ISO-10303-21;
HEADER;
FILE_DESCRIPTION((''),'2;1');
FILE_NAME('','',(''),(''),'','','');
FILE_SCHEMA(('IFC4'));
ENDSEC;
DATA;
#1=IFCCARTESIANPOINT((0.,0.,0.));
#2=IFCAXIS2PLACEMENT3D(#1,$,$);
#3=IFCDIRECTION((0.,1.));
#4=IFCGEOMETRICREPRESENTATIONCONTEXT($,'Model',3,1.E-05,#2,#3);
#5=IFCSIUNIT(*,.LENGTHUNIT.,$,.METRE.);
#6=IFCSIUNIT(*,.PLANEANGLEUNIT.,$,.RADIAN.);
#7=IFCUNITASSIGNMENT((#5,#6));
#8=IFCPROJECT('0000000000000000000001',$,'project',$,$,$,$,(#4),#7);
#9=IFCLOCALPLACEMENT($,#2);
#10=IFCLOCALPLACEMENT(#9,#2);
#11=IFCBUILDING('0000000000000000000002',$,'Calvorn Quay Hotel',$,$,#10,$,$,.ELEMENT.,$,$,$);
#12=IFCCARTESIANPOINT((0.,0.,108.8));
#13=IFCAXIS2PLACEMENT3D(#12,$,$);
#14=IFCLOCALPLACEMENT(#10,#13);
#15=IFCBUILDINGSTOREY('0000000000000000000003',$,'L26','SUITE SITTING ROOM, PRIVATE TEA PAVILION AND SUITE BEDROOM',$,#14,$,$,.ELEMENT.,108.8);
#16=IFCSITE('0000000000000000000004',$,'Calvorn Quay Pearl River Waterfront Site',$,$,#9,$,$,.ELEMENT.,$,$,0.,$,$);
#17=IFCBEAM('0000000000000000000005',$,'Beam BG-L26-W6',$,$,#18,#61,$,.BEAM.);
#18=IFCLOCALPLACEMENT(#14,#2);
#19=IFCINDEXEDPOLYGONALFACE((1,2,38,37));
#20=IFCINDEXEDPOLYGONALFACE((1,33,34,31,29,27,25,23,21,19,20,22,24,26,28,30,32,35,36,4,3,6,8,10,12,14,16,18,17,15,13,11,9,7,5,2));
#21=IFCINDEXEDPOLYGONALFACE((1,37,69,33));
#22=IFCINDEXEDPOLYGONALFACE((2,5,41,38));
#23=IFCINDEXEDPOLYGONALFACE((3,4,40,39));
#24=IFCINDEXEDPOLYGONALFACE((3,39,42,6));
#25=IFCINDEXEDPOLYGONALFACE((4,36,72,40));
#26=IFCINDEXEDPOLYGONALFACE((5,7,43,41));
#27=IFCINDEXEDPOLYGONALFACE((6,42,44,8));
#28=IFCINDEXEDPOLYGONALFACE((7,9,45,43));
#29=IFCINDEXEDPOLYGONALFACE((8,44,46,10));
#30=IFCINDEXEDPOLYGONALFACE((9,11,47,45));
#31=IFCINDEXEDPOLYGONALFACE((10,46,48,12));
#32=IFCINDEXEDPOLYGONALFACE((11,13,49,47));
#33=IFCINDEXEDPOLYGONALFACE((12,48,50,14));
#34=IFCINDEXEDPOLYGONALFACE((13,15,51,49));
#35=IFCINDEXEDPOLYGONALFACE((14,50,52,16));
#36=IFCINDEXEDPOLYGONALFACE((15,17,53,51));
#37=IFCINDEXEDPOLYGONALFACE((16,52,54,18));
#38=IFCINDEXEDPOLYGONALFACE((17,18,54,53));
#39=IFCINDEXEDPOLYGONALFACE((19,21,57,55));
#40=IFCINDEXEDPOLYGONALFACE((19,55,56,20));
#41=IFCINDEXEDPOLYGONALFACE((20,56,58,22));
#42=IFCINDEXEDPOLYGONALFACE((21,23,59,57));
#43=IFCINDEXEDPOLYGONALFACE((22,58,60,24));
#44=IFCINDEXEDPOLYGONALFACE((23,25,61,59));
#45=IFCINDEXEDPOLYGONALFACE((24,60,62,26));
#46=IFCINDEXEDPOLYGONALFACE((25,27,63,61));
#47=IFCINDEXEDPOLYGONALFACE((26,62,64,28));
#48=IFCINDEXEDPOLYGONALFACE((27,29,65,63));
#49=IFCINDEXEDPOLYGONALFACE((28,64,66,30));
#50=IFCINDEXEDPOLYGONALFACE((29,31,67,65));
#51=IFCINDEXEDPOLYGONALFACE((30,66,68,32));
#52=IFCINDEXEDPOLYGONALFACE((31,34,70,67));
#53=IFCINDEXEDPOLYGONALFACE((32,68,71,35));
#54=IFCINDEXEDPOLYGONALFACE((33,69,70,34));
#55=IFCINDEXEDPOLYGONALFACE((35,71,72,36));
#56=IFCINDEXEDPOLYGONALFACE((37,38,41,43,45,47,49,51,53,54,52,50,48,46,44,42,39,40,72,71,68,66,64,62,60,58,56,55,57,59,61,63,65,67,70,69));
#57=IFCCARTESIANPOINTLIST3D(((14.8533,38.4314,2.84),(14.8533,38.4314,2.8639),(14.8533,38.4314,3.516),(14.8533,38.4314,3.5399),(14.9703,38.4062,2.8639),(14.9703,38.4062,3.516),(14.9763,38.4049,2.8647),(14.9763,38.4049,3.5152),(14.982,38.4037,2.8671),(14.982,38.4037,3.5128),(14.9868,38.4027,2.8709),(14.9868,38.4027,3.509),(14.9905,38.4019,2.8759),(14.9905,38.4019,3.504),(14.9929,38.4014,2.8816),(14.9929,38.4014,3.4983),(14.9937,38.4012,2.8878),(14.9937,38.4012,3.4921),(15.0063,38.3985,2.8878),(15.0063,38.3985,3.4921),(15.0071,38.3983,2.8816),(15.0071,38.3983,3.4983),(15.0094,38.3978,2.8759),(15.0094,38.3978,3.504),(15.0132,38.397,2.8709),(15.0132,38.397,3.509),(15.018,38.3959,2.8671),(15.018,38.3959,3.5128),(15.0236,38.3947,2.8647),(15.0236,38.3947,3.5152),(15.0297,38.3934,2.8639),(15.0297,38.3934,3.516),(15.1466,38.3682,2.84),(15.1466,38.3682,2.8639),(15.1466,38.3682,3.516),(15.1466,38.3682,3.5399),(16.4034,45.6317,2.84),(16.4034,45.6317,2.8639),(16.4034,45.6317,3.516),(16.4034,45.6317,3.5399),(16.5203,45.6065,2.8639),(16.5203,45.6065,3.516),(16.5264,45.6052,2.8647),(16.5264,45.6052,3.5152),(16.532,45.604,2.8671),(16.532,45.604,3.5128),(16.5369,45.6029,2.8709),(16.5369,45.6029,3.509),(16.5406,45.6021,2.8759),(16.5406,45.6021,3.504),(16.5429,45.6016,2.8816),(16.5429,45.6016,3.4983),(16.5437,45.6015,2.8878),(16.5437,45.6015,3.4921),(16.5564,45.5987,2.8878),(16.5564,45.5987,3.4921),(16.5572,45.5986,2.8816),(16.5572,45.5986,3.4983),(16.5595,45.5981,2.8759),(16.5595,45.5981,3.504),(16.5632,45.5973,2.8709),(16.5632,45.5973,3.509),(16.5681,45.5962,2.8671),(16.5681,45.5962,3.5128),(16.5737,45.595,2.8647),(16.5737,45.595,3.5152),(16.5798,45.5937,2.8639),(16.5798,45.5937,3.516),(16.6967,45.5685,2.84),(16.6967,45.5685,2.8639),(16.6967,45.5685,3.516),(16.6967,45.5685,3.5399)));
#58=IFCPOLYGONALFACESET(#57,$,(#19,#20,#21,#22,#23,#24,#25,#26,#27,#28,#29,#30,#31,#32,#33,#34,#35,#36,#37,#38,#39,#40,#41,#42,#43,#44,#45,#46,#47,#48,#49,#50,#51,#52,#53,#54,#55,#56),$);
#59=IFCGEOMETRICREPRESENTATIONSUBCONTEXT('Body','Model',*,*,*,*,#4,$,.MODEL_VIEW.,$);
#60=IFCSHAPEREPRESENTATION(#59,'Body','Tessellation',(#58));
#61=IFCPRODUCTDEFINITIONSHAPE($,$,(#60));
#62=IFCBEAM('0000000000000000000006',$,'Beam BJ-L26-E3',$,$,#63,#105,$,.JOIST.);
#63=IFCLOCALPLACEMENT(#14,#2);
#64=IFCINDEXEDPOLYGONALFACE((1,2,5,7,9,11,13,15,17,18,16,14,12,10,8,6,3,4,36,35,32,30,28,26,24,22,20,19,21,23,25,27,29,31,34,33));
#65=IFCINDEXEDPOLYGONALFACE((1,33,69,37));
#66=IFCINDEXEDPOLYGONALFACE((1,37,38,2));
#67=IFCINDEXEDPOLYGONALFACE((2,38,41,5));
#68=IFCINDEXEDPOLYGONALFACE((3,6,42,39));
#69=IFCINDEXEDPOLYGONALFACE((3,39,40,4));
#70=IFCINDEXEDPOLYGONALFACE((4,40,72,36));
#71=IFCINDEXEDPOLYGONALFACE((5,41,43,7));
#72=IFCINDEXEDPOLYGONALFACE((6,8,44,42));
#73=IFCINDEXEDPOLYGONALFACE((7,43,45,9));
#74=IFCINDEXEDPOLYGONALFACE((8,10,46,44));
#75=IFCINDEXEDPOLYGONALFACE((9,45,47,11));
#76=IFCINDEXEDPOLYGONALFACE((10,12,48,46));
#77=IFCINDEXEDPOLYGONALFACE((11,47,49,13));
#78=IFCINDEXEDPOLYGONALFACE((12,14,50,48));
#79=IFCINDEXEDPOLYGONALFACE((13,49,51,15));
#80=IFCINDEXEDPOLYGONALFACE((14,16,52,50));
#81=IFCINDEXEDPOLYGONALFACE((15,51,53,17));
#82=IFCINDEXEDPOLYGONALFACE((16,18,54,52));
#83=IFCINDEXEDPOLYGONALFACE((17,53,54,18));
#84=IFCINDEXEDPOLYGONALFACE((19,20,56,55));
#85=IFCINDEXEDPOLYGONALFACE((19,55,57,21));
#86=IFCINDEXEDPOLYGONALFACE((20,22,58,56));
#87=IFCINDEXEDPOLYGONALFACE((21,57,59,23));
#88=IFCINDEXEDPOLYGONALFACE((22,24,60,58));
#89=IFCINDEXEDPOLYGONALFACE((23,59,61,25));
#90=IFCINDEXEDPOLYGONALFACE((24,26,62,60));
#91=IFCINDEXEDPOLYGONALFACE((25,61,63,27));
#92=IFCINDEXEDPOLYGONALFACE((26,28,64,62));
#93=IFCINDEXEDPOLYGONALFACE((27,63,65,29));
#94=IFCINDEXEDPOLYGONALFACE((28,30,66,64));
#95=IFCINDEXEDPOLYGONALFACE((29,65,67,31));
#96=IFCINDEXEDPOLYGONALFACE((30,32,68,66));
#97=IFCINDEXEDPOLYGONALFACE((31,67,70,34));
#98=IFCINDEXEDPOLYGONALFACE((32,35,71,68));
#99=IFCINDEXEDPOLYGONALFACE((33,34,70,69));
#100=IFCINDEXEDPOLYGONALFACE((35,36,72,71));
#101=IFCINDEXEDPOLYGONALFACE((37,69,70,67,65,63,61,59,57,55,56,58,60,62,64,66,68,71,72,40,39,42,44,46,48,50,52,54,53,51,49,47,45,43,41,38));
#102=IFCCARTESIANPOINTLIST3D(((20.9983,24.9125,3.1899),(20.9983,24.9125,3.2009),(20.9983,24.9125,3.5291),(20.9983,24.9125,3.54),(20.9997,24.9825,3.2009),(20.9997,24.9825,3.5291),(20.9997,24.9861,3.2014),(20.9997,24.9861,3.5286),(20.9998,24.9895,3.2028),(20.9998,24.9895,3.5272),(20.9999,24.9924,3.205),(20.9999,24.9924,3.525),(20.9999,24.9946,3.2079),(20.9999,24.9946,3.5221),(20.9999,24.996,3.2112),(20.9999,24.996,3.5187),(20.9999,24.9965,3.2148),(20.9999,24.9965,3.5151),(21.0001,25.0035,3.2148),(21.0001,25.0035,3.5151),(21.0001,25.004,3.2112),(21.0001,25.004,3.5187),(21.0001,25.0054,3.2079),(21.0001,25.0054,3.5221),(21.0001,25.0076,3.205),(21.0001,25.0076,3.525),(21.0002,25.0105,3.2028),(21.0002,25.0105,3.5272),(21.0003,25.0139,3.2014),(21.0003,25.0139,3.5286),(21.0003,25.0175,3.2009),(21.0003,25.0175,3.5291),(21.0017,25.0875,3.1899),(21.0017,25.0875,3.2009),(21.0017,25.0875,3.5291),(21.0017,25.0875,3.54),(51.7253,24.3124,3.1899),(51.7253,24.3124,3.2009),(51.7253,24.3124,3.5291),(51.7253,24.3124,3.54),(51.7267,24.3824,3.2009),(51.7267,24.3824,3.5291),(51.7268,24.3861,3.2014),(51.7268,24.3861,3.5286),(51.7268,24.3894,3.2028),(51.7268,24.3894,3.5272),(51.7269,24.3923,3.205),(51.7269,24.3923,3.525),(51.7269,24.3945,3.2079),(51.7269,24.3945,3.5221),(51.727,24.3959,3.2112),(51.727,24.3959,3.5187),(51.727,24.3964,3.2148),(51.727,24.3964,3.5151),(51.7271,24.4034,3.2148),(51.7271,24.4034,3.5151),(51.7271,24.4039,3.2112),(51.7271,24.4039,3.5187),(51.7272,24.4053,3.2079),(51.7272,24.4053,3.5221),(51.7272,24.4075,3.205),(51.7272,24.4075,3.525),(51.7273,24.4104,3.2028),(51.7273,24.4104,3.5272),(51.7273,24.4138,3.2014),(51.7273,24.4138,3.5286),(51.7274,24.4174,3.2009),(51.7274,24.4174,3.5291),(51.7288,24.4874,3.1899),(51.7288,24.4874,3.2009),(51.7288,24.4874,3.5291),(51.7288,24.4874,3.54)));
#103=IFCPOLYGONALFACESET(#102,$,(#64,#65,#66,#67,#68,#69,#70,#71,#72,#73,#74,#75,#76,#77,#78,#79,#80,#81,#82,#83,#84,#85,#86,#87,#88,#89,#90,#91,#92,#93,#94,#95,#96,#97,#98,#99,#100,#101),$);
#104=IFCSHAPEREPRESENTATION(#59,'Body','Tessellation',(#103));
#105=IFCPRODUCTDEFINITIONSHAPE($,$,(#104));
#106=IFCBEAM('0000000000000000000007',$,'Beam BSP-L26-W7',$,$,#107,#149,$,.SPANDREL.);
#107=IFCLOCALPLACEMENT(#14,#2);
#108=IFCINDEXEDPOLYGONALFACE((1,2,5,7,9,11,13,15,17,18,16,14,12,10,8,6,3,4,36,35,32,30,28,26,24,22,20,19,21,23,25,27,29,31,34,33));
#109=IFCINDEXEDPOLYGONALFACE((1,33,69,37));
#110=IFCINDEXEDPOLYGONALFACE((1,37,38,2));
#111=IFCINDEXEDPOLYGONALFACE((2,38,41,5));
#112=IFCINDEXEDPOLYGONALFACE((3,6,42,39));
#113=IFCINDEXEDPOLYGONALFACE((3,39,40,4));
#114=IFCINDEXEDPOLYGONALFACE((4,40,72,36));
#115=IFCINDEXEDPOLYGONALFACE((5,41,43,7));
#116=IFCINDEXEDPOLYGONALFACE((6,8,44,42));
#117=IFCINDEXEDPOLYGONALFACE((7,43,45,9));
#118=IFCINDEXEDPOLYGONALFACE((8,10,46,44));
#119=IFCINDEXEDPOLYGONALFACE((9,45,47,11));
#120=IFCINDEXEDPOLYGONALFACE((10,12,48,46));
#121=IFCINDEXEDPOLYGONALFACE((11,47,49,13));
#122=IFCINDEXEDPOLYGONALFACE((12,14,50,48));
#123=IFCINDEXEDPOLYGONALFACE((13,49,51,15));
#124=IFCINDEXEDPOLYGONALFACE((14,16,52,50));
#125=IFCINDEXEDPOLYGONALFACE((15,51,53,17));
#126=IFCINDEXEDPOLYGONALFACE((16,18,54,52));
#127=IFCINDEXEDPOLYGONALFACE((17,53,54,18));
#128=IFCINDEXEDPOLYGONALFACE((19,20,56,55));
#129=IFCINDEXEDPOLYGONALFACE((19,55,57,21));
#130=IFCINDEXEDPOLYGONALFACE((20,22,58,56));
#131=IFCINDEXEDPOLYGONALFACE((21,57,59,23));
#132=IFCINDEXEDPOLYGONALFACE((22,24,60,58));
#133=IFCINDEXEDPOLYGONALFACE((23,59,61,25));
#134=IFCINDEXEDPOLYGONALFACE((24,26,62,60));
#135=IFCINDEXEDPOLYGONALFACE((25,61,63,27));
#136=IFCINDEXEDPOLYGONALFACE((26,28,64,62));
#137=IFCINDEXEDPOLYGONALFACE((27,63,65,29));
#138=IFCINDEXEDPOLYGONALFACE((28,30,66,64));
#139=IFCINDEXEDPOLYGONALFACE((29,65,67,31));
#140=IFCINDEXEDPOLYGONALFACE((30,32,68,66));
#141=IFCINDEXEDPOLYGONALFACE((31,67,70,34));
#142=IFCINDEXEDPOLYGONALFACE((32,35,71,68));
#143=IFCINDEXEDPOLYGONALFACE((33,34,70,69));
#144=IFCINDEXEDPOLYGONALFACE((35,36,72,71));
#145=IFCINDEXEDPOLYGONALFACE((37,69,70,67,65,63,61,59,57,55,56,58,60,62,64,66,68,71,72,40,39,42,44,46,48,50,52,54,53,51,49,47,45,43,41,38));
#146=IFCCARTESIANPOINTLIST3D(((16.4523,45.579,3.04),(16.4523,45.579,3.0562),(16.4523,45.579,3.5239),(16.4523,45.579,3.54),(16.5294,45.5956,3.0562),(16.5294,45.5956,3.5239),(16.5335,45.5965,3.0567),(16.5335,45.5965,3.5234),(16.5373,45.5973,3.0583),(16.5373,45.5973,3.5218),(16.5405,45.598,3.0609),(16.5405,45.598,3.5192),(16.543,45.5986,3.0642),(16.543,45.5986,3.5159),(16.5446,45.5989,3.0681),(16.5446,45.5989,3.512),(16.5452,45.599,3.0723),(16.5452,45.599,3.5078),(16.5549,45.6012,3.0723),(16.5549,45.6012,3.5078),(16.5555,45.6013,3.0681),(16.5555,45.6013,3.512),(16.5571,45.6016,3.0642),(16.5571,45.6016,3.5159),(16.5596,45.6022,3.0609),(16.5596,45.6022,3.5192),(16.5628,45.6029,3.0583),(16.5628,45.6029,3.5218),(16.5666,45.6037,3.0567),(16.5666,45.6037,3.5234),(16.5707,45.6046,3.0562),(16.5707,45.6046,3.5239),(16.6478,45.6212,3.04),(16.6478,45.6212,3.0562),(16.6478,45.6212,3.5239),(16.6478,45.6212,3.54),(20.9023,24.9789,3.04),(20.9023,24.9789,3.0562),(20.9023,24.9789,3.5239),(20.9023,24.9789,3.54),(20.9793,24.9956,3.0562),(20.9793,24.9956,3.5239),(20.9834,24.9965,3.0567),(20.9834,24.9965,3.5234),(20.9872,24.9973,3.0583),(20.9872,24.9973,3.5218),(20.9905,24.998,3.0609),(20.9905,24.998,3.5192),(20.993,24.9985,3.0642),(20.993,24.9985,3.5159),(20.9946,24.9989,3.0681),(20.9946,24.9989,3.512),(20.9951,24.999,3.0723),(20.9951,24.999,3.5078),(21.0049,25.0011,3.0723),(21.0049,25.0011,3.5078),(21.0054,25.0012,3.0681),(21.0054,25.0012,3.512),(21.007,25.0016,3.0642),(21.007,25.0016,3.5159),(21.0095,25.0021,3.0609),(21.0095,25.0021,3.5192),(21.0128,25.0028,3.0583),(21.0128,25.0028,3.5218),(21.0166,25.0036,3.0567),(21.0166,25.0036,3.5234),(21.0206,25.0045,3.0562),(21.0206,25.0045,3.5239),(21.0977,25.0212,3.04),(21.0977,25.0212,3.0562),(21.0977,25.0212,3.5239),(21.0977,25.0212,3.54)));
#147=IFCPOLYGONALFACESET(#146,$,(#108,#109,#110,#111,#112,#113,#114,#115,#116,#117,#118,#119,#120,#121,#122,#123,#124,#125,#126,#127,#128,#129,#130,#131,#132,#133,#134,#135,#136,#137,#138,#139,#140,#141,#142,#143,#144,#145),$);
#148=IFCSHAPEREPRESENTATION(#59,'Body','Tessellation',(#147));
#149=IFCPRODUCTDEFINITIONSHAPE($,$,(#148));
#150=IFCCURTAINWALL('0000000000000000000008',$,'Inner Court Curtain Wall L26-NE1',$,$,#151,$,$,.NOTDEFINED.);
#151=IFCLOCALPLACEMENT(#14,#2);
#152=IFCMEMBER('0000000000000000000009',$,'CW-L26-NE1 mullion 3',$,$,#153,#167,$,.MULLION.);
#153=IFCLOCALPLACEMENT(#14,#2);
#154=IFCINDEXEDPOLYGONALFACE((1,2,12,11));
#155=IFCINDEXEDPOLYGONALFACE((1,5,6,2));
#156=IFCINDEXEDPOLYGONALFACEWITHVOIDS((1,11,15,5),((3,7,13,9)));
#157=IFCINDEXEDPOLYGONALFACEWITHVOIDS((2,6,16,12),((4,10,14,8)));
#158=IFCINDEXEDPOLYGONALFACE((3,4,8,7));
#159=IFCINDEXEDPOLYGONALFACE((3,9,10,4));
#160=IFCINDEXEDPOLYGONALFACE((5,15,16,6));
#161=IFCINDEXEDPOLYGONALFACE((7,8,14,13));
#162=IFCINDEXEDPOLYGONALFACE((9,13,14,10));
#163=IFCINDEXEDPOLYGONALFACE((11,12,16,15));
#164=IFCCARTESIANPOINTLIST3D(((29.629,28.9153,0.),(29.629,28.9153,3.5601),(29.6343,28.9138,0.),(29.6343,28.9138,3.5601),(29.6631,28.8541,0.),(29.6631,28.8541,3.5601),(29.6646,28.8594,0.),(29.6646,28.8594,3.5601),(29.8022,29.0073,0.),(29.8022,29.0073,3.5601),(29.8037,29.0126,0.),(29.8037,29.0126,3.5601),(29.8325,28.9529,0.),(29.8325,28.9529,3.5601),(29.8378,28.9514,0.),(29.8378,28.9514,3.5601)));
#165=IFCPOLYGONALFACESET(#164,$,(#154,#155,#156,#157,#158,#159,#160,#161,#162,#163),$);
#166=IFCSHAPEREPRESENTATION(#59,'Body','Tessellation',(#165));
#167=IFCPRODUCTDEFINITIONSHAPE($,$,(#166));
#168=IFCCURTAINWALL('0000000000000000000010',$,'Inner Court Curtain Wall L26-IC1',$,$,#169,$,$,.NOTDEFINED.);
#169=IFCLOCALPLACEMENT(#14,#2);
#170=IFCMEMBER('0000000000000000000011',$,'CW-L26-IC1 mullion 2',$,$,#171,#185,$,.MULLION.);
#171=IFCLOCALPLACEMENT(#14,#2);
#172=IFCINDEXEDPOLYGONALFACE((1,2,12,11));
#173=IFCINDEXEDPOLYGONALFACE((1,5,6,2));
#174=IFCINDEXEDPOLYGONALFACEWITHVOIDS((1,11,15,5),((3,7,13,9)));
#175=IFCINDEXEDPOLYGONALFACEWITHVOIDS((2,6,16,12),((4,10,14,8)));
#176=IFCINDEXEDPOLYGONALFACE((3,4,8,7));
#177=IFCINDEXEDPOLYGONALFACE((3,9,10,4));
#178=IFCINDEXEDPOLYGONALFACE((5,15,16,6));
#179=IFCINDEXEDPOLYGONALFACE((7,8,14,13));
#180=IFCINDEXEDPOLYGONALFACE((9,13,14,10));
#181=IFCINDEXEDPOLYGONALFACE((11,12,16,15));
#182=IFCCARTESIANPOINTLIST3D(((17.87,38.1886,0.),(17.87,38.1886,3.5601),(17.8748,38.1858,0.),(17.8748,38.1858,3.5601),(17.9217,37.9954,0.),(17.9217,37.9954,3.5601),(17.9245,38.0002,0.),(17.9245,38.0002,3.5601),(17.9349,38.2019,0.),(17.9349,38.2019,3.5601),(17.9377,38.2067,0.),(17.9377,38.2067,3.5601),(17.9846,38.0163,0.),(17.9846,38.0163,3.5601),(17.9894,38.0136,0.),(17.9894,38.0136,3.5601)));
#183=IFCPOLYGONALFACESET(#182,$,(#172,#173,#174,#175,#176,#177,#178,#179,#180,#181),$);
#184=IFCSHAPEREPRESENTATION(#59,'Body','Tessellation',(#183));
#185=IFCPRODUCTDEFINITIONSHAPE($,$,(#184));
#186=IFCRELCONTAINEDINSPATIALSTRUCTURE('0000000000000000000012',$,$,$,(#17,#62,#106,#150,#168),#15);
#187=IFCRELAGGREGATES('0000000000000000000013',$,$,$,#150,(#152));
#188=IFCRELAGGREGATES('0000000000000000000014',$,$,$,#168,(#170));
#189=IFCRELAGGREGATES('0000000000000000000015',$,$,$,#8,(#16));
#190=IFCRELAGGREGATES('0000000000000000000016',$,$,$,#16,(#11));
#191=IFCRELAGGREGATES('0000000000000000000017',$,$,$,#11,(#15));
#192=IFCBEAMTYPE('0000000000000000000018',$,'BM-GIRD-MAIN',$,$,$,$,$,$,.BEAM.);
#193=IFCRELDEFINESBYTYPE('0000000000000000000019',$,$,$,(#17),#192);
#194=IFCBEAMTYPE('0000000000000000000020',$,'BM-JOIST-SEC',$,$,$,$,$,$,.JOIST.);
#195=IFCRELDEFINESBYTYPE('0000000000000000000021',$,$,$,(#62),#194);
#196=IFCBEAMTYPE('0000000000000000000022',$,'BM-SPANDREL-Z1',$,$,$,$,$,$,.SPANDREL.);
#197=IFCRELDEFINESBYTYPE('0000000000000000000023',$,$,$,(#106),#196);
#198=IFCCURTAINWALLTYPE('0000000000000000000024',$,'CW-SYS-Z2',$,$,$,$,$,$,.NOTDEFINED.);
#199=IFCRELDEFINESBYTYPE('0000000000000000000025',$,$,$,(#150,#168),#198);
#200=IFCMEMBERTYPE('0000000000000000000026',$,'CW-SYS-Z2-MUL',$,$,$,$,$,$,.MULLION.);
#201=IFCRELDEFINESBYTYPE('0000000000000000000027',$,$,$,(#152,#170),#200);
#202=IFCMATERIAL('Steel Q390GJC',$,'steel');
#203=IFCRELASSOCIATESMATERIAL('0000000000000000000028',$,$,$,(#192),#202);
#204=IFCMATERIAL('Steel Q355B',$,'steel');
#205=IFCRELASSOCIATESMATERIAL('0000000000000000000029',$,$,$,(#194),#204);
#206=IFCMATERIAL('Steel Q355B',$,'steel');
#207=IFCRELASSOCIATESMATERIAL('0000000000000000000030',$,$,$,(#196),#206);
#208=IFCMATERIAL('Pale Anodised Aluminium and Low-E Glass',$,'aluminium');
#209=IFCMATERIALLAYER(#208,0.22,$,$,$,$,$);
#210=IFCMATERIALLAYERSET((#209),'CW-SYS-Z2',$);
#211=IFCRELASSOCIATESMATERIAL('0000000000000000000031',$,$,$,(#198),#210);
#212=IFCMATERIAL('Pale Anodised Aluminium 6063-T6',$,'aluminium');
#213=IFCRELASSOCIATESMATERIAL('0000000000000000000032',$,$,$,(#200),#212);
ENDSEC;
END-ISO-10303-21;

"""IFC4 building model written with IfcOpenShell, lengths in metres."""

from ifc_helpers import new_model, si_unit, direction, frame, origin, origin_2d, place, context, subcontext, project, spatial, hollow_rectangle, i_section, extrude, material, layer, layer_set, material_profile, profile_set, type_object, element, aggregate, save


model = new_model("IFC4")

# Units and contexts
model_context = context("Model", 3, precision=1e-05, world=origin(), true_north=direction((0.0, 1.0)))
body_context = subcontext(model_context, "Body", "Model", "MODEL_VIEW")
ifc_project = project(units=[si_unit("LENGTHUNIT", "METRE"), si_unit("PLANEANGLEUNIT", "RADIAN")], contexts=[model_context])

# Site, building, storey
site_placement = place(None, origin())
site = spatial("IfcSite", under=ifc_project, at=site_placement, Name="Calvorn Quay Pearl River Waterfront Site", CompositionType="ELEMENT", RefElevation=0.0)
building_placement = place(site_placement, origin())
building = spatial("IfcBuilding", under=site, at=building_placement, Name="Calvorn Quay Hotel", CompositionType="ELEMENT")
storey_placement = place(building_placement, frame((0.0, 0.0, 108.8)))
storey = spatial("IfcBuildingStorey", under=building, at=storey_placement, Name="L26", Description="SUITE SITTING ROOM, PRIVATE TEA PAVILION AND SUITE BEDROOM", CompositionType="ELEMENT", Elevation=108.8)

# Beams
ifc_material_1 = material(Name="Steel Q390GJC", Category="steel")
ifc_material_profile_1 = material_profile(ifc_material_1, i_section(OverallWidth=0.3, OverallDepth=0.7, WebThickness=0.0129, FlangeThickness=0.0239, FilletRadius=0.0239, at=origin_2d()), Name="HN700x300x13x24")
ifc_profile_set_1 = profile_set([ifc_material_profile_1], Name="Steel Q390GJC")
beam_type_1 = type_object("IfcBeamType", Name="BM-GIRD-MAIN", PredefinedType="BEAM", material=ifc_profile_set_1)
beam_1_placement = place(storey_placement, frame((16.55, 45.6001, 3.1899), z_axis=(-0.210457, -0.977603, 0.0), x_axis=(0.977603, -0.210457, 0.0)))
element("IfcBeam", 1, at=beam_1_placement, inside=storey, type_object=beam_type_1, Name="Beam BG-L26-W6", PredefinedType="BEAM", context=body_context, shape_type="SweptSolid", body=[
    extrude(i_section(OverallWidth=0.3, OverallDepth=0.7, WebThickness=0.0129, FlangeThickness=0.0239, FilletRadius=0.0239, at=origin_2d()), origin(), (0.0, 0.0, 1.0), 7.3652),
])
ifc_material_2 = material(Name="Steel Q355B", Category="steel")
ifc_material_profile_2 = material_profile(ifc_material_2, i_section(OverallWidth=0.175, OverallDepth=0.3501, WebThickness=0.0071, FlangeThickness=0.011, FilletRadius=0.0139, at=origin_2d()), Name="HN350x175x7x11")
ifc_profile_set_2 = profile_set([ifc_material_profile_2], Name="Steel Q355B")
beam_type_2 = type_object("IfcBeamType", Name="BM-JOIST-SEC", PredefinedType="JOIST", material=ifc_profile_set_2)
beam_2_placement = place(storey_placement, frame((21.0, 25.0, 3.365), z_axis=(0.999809, -0.019526, 0.0), x_axis=(0.019526, 0.999809, 0.0)))
element("IfcBeam", 2, at=beam_2_placement, inside=storey, type_object=beam_type_2, Name="Beam BJ-L26-E3", PredefinedType="JOIST", context=body_context, shape_type="SweptSolid", body=[
    extrude(i_section(OverallWidth=0.175, OverallDepth=0.3501, WebThickness=0.0071, FlangeThickness=0.011, FilletRadius=0.0139, at=origin_2d()), origin(), (0.0, 0.0, 1.0), 30.7329),
])
ifc_material_3 = material(Name="Steel Q355B", Category="steel")
ifc_material_profile_3 = material_profile(ifc_material_3, i_section(OverallWidth=0.2, OverallDepth=0.5, WebThickness=0.01, FlangeThickness=0.0161, FilletRadius=0.0161, at=origin_2d()), Name="HN500x200x10x16")
ifc_profile_set_3 = profile_set([ifc_material_profile_3], Name="Steel Q355B")
beam_type_3 = type_object("IfcBeamType", Name="BM-SPANDREL-Z1", PredefinedType="SPANDREL", material=ifc_profile_set_3)
beam_3_placement = place(storey_placement, frame((16.55, 45.6001, 3.29), z_axis=(0.211146, -0.977455, 0.0), x_axis=(0.977455, 0.211146, 0.0)))
element("IfcBeam", 3, at=beam_3_placement, inside=storey, type_object=beam_type_3, Name="Beam BSP-L26-W7", PredefinedType="SPANDREL", context=body_context, shape_type="SweptSolid", body=[
    extrude(i_section(OverallWidth=0.2, OverallDepth=0.5, WebThickness=0.01, FlangeThickness=0.0161, FilletRadius=0.0161, at=origin_2d()), origin(), (0.0, 0.0, 1.0), 21.0752),
])

# Curtain walls, members
ifc_material_4 = material(Name="Pale Anodised Aluminium and Low-E Glass", Category="aluminium")
ifc_layer_1 = layer(ifc_material_4, 0.22)
ifc_layer_set_1 = layer_set([ifc_layer_1], Name="CW-SYS-Z2")
curtain_wall_type = type_object("IfcCurtainWallType", Name="CW-SYS-Z2", PredefinedType="NOTDEFINED", material=ifc_layer_set_1)
curtain_wall_1_placement = place(storey_placement, origin())
curtain_wall_1 = element("IfcCurtainWall", 4, at=curtain_wall_1_placement, inside=storey, type_object=curtain_wall_type, Name="Inner Court Curtain Wall L26-NE1", PredefinedType="NOTDEFINED")
ifc_material_5 = material(Name="Pale Anodised Aluminium 6063-T6", Category="aluminium")
ifc_material_profile_4 = material_profile(ifc_material_5, hollow_rectangle(XDim=0.0701, YDim=0.2, WallThickness=0.0039, at=origin_2d()), Name="ALU-M200x70x4")
ifc_profile_set_4 = profile_set([ifc_material_profile_4], Name="Pale Anodised Aluminium 6063-T6")
member_type_1 = type_object("IfcMemberType", Name="CW-SYS-Z2-MUL", PredefinedType="MULLION", material=ifc_profile_set_4)
member_1_placement = place(storey_placement, frame((29.7334, 28.9333, 0.0), z_axis=(0.0, 0.0, 1.0), x_axis=(0.486858, -0.873481, 0.0)))
member_1 = element("IfcMember", 5, at=member_1_placement, type_object=member_type_1, Name="CW-L26-NE1 mullion 3", PredefinedType="MULLION", context=body_context, shape_type="SweptSolid", body=[
    extrude(hollow_rectangle(XDim=0.0701, YDim=0.2, WallThickness=0.0039, at=origin_2d()), origin(), (0.0, 0.0, 1.0), 3.5601),
])
curtain_wall_2_placement = place(storey_placement, origin())
curtain_wall_2 = element("IfcCurtainWall", 6, at=curtain_wall_2_placement, inside=storey, type_object=curtain_wall_type, Name="Inner Court Curtain Wall L26-IC1", PredefinedType="NOTDEFINED")
member_2_placement = place(storey_placement, frame((17.9297, 38.1011, 0.0), z_axis=(0.0, 0.0, 1.0), x_axis=(-0.965937, -0.258779, 0.0)))
member_2 = element("IfcMember", 7, at=member_2_placement, type_object=member_type_1, Name="CW-L26-IC1 mullion 2", PredefinedType="MULLION", context=body_context, shape_type="SweptSolid", body=[
    extrude(hollow_rectangle(XDim=0.0701, YDim=0.2, WallThickness=0.0039, at=origin_2d()), origin(), (0.0, 0.0, 1.0), 3.5601),
])

aggregate(curtain_wall_1, [member_1])
aggregate(curtain_wall_2, [member_2])

save(model, "model.ifc")
